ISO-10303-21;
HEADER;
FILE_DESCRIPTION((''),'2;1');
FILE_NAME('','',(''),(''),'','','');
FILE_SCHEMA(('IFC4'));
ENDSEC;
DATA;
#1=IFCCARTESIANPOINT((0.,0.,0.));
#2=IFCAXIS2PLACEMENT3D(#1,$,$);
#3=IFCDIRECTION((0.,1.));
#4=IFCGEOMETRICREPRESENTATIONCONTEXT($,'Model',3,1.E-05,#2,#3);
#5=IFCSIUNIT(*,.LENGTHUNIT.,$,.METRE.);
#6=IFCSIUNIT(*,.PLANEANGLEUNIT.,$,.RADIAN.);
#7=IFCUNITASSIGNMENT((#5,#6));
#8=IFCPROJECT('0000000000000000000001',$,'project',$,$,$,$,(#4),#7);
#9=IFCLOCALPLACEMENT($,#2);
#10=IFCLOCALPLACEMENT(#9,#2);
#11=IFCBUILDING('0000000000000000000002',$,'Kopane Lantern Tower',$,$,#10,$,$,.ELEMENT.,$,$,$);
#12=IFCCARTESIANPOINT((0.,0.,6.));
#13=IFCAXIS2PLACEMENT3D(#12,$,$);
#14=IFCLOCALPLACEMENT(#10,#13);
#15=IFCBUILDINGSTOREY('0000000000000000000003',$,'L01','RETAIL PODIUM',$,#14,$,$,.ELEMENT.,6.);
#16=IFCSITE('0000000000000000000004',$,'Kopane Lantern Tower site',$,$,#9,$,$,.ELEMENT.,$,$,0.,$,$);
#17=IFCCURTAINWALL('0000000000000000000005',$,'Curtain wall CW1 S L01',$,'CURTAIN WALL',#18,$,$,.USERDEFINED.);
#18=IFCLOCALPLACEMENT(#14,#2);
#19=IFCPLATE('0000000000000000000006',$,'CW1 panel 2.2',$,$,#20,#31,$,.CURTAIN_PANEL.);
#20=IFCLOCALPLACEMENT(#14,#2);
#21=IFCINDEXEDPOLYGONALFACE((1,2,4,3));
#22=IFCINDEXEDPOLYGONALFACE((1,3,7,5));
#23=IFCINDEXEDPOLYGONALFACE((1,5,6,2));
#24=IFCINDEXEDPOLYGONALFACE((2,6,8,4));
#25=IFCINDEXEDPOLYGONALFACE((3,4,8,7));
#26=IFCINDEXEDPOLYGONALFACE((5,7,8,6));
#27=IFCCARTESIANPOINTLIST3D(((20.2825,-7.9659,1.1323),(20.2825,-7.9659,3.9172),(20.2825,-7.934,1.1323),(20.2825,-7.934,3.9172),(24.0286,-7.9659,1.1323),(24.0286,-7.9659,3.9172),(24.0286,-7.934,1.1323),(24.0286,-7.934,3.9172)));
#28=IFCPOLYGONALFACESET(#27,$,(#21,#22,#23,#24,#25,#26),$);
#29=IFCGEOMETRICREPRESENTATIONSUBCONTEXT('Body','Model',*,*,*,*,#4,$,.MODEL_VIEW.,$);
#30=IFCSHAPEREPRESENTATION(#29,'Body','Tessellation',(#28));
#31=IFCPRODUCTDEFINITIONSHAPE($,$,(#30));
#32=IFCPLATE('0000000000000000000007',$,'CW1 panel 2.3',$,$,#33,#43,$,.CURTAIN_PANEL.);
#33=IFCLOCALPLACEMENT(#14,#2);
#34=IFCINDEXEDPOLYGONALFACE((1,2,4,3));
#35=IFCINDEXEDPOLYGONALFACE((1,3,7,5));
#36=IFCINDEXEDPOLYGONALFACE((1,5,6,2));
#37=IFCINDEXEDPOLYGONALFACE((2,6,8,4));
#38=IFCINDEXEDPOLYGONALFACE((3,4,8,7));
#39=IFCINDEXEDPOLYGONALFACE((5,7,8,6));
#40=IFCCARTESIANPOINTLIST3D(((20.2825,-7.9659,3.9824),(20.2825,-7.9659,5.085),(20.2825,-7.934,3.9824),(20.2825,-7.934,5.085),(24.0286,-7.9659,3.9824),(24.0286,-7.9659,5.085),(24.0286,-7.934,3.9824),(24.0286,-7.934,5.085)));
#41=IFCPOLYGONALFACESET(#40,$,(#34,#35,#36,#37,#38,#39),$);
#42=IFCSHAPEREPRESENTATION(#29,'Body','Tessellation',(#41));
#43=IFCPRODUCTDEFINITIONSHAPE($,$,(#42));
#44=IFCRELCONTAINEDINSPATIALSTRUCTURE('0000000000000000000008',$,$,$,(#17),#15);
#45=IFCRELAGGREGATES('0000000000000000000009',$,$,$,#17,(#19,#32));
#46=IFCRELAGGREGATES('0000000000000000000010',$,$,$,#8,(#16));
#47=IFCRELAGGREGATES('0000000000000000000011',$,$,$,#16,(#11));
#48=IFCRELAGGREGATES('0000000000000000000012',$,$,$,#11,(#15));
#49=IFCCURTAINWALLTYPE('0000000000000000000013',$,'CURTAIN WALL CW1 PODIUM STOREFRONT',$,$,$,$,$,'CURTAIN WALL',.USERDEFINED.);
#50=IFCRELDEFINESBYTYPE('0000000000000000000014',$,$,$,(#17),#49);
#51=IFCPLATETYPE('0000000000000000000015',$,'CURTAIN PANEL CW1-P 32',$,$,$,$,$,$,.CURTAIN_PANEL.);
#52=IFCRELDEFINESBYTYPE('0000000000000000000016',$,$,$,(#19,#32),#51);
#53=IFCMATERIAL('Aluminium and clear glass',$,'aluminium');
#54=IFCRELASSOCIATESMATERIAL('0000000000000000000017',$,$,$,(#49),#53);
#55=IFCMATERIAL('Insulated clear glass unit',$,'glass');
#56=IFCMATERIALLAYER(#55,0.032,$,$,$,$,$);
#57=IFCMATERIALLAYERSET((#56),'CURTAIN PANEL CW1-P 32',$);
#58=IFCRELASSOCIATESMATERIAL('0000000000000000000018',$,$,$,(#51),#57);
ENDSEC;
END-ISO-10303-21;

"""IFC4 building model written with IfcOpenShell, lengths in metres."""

from ifc_helpers import new_model, si_unit, direction, frame, origin, origin_2d, place, context, subcontext, project, spatial, rectangle, extrude, material, layer, layer_set, type_object, element, aggregate, save


model = new_model("IFC4")

# Units and contexts
model_context = context("Model", 3, precision=1e-05, world=origin(), true_north=direction((0.0, 1.0)))
body_context = subcontext(model_context, "Body", "Model", "MODEL_VIEW")
ifc_project = project(units=[si_unit("LENGTHUNIT", "METRE"), si_unit("PLANEANGLEUNIT", "RADIAN")], contexts=[model_context])

# Site, building, storey
site_placement = place(None, origin())
site = spatial("IfcSite", under=ifc_project, at=site_placement, Name="Kopane Lantern Tower site", CompositionType="ELEMENT", RefElevation=0.0)
building_placement = place(site_placement, origin())
building = spatial("IfcBuilding", under=site, at=building_placement, Name="Kopane Lantern Tower", CompositionType="ELEMENT")
storey_placement = place(building_placement, frame((0.0, 0.0, 6.0)))
storey = spatial("IfcBuildingStorey", under=building, at=storey_placement, Name="L01", Description="RETAIL PODIUM", CompositionType="ELEMENT", Elevation=6.0)

# Curtain wall
ifc_material_1 = material(Name="Aluminium and clear glass", Category="aluminium")
curtain_wall_type = type_object("IfcCurtainWallType", Name="CURTAIN WALL CW1 PODIUM STOREFRONT", ElementType="CURTAIN WALL", PredefinedType="USERDEFINED", material=ifc_material_1)
curtain_wall_1_placement = place(storey_placement, origin())
curtain_wall_1 = element("IfcCurtainWall", 1, at=curtain_wall_1_placement, inside=storey, type_object=curtain_wall_type, Name="Curtain wall CW1 S L01", ObjectType="CURTAIN WALL", PredefinedType="USERDEFINED")

# Plates
ifc_material_2 = material(Name="Insulated clear glass unit", Category="glass")
ifc_layer = layer(ifc_material_2, 0.032)
ifc_layer_set = layer_set([ifc_layer], Name="CURTAIN PANEL CW1-P 32")
plate_type = type_object("IfcPlateType", Name="CURTAIN PANEL CW1-P 32", PredefinedType="CURTAIN_PANEL", material=ifc_layer_set)
plate_1_placement = place(storey_placement, frame((22.1555, -7.95, 1.1323), z_axis=(0.0, 0.0, 1.0), x_axis=(1.0, 0.0, 0.0)))
plate_1 = element("IfcPlate", 2, at=plate_1_placement, type_object=plate_type, Name="CW1 panel 2.2", PredefinedType="CURTAIN_PANEL", context=body_context, shape_type="SweptSolid", body=[
    extrude(rectangle(XDim=3.7461, YDim=0.032, at=origin_2d()), origin(), (0.0, 0.0, 1.0), 2.7849),
])
plate_2_placement = place(storey_placement, frame((22.1555, -7.95, 3.9824), z_axis=(0.0, 0.0, 1.0), x_axis=(1.0, 0.0, 0.0)))
plate_2 = element("IfcPlate", 3, at=plate_2_placement, type_object=plate_type, Name="CW1 panel 2.3", PredefinedType="CURTAIN_PANEL", context=body_context, shape_type="SweptSolid", body=[
    extrude(rectangle(XDim=3.7461, YDim=0.032, at=origin_2d()), origin(), (0.0, 0.0, 1.0), 1.1025),
])
aggregate(curtain_wall_1, [plate_1, plate_2])

save(model, "model.ifc")
